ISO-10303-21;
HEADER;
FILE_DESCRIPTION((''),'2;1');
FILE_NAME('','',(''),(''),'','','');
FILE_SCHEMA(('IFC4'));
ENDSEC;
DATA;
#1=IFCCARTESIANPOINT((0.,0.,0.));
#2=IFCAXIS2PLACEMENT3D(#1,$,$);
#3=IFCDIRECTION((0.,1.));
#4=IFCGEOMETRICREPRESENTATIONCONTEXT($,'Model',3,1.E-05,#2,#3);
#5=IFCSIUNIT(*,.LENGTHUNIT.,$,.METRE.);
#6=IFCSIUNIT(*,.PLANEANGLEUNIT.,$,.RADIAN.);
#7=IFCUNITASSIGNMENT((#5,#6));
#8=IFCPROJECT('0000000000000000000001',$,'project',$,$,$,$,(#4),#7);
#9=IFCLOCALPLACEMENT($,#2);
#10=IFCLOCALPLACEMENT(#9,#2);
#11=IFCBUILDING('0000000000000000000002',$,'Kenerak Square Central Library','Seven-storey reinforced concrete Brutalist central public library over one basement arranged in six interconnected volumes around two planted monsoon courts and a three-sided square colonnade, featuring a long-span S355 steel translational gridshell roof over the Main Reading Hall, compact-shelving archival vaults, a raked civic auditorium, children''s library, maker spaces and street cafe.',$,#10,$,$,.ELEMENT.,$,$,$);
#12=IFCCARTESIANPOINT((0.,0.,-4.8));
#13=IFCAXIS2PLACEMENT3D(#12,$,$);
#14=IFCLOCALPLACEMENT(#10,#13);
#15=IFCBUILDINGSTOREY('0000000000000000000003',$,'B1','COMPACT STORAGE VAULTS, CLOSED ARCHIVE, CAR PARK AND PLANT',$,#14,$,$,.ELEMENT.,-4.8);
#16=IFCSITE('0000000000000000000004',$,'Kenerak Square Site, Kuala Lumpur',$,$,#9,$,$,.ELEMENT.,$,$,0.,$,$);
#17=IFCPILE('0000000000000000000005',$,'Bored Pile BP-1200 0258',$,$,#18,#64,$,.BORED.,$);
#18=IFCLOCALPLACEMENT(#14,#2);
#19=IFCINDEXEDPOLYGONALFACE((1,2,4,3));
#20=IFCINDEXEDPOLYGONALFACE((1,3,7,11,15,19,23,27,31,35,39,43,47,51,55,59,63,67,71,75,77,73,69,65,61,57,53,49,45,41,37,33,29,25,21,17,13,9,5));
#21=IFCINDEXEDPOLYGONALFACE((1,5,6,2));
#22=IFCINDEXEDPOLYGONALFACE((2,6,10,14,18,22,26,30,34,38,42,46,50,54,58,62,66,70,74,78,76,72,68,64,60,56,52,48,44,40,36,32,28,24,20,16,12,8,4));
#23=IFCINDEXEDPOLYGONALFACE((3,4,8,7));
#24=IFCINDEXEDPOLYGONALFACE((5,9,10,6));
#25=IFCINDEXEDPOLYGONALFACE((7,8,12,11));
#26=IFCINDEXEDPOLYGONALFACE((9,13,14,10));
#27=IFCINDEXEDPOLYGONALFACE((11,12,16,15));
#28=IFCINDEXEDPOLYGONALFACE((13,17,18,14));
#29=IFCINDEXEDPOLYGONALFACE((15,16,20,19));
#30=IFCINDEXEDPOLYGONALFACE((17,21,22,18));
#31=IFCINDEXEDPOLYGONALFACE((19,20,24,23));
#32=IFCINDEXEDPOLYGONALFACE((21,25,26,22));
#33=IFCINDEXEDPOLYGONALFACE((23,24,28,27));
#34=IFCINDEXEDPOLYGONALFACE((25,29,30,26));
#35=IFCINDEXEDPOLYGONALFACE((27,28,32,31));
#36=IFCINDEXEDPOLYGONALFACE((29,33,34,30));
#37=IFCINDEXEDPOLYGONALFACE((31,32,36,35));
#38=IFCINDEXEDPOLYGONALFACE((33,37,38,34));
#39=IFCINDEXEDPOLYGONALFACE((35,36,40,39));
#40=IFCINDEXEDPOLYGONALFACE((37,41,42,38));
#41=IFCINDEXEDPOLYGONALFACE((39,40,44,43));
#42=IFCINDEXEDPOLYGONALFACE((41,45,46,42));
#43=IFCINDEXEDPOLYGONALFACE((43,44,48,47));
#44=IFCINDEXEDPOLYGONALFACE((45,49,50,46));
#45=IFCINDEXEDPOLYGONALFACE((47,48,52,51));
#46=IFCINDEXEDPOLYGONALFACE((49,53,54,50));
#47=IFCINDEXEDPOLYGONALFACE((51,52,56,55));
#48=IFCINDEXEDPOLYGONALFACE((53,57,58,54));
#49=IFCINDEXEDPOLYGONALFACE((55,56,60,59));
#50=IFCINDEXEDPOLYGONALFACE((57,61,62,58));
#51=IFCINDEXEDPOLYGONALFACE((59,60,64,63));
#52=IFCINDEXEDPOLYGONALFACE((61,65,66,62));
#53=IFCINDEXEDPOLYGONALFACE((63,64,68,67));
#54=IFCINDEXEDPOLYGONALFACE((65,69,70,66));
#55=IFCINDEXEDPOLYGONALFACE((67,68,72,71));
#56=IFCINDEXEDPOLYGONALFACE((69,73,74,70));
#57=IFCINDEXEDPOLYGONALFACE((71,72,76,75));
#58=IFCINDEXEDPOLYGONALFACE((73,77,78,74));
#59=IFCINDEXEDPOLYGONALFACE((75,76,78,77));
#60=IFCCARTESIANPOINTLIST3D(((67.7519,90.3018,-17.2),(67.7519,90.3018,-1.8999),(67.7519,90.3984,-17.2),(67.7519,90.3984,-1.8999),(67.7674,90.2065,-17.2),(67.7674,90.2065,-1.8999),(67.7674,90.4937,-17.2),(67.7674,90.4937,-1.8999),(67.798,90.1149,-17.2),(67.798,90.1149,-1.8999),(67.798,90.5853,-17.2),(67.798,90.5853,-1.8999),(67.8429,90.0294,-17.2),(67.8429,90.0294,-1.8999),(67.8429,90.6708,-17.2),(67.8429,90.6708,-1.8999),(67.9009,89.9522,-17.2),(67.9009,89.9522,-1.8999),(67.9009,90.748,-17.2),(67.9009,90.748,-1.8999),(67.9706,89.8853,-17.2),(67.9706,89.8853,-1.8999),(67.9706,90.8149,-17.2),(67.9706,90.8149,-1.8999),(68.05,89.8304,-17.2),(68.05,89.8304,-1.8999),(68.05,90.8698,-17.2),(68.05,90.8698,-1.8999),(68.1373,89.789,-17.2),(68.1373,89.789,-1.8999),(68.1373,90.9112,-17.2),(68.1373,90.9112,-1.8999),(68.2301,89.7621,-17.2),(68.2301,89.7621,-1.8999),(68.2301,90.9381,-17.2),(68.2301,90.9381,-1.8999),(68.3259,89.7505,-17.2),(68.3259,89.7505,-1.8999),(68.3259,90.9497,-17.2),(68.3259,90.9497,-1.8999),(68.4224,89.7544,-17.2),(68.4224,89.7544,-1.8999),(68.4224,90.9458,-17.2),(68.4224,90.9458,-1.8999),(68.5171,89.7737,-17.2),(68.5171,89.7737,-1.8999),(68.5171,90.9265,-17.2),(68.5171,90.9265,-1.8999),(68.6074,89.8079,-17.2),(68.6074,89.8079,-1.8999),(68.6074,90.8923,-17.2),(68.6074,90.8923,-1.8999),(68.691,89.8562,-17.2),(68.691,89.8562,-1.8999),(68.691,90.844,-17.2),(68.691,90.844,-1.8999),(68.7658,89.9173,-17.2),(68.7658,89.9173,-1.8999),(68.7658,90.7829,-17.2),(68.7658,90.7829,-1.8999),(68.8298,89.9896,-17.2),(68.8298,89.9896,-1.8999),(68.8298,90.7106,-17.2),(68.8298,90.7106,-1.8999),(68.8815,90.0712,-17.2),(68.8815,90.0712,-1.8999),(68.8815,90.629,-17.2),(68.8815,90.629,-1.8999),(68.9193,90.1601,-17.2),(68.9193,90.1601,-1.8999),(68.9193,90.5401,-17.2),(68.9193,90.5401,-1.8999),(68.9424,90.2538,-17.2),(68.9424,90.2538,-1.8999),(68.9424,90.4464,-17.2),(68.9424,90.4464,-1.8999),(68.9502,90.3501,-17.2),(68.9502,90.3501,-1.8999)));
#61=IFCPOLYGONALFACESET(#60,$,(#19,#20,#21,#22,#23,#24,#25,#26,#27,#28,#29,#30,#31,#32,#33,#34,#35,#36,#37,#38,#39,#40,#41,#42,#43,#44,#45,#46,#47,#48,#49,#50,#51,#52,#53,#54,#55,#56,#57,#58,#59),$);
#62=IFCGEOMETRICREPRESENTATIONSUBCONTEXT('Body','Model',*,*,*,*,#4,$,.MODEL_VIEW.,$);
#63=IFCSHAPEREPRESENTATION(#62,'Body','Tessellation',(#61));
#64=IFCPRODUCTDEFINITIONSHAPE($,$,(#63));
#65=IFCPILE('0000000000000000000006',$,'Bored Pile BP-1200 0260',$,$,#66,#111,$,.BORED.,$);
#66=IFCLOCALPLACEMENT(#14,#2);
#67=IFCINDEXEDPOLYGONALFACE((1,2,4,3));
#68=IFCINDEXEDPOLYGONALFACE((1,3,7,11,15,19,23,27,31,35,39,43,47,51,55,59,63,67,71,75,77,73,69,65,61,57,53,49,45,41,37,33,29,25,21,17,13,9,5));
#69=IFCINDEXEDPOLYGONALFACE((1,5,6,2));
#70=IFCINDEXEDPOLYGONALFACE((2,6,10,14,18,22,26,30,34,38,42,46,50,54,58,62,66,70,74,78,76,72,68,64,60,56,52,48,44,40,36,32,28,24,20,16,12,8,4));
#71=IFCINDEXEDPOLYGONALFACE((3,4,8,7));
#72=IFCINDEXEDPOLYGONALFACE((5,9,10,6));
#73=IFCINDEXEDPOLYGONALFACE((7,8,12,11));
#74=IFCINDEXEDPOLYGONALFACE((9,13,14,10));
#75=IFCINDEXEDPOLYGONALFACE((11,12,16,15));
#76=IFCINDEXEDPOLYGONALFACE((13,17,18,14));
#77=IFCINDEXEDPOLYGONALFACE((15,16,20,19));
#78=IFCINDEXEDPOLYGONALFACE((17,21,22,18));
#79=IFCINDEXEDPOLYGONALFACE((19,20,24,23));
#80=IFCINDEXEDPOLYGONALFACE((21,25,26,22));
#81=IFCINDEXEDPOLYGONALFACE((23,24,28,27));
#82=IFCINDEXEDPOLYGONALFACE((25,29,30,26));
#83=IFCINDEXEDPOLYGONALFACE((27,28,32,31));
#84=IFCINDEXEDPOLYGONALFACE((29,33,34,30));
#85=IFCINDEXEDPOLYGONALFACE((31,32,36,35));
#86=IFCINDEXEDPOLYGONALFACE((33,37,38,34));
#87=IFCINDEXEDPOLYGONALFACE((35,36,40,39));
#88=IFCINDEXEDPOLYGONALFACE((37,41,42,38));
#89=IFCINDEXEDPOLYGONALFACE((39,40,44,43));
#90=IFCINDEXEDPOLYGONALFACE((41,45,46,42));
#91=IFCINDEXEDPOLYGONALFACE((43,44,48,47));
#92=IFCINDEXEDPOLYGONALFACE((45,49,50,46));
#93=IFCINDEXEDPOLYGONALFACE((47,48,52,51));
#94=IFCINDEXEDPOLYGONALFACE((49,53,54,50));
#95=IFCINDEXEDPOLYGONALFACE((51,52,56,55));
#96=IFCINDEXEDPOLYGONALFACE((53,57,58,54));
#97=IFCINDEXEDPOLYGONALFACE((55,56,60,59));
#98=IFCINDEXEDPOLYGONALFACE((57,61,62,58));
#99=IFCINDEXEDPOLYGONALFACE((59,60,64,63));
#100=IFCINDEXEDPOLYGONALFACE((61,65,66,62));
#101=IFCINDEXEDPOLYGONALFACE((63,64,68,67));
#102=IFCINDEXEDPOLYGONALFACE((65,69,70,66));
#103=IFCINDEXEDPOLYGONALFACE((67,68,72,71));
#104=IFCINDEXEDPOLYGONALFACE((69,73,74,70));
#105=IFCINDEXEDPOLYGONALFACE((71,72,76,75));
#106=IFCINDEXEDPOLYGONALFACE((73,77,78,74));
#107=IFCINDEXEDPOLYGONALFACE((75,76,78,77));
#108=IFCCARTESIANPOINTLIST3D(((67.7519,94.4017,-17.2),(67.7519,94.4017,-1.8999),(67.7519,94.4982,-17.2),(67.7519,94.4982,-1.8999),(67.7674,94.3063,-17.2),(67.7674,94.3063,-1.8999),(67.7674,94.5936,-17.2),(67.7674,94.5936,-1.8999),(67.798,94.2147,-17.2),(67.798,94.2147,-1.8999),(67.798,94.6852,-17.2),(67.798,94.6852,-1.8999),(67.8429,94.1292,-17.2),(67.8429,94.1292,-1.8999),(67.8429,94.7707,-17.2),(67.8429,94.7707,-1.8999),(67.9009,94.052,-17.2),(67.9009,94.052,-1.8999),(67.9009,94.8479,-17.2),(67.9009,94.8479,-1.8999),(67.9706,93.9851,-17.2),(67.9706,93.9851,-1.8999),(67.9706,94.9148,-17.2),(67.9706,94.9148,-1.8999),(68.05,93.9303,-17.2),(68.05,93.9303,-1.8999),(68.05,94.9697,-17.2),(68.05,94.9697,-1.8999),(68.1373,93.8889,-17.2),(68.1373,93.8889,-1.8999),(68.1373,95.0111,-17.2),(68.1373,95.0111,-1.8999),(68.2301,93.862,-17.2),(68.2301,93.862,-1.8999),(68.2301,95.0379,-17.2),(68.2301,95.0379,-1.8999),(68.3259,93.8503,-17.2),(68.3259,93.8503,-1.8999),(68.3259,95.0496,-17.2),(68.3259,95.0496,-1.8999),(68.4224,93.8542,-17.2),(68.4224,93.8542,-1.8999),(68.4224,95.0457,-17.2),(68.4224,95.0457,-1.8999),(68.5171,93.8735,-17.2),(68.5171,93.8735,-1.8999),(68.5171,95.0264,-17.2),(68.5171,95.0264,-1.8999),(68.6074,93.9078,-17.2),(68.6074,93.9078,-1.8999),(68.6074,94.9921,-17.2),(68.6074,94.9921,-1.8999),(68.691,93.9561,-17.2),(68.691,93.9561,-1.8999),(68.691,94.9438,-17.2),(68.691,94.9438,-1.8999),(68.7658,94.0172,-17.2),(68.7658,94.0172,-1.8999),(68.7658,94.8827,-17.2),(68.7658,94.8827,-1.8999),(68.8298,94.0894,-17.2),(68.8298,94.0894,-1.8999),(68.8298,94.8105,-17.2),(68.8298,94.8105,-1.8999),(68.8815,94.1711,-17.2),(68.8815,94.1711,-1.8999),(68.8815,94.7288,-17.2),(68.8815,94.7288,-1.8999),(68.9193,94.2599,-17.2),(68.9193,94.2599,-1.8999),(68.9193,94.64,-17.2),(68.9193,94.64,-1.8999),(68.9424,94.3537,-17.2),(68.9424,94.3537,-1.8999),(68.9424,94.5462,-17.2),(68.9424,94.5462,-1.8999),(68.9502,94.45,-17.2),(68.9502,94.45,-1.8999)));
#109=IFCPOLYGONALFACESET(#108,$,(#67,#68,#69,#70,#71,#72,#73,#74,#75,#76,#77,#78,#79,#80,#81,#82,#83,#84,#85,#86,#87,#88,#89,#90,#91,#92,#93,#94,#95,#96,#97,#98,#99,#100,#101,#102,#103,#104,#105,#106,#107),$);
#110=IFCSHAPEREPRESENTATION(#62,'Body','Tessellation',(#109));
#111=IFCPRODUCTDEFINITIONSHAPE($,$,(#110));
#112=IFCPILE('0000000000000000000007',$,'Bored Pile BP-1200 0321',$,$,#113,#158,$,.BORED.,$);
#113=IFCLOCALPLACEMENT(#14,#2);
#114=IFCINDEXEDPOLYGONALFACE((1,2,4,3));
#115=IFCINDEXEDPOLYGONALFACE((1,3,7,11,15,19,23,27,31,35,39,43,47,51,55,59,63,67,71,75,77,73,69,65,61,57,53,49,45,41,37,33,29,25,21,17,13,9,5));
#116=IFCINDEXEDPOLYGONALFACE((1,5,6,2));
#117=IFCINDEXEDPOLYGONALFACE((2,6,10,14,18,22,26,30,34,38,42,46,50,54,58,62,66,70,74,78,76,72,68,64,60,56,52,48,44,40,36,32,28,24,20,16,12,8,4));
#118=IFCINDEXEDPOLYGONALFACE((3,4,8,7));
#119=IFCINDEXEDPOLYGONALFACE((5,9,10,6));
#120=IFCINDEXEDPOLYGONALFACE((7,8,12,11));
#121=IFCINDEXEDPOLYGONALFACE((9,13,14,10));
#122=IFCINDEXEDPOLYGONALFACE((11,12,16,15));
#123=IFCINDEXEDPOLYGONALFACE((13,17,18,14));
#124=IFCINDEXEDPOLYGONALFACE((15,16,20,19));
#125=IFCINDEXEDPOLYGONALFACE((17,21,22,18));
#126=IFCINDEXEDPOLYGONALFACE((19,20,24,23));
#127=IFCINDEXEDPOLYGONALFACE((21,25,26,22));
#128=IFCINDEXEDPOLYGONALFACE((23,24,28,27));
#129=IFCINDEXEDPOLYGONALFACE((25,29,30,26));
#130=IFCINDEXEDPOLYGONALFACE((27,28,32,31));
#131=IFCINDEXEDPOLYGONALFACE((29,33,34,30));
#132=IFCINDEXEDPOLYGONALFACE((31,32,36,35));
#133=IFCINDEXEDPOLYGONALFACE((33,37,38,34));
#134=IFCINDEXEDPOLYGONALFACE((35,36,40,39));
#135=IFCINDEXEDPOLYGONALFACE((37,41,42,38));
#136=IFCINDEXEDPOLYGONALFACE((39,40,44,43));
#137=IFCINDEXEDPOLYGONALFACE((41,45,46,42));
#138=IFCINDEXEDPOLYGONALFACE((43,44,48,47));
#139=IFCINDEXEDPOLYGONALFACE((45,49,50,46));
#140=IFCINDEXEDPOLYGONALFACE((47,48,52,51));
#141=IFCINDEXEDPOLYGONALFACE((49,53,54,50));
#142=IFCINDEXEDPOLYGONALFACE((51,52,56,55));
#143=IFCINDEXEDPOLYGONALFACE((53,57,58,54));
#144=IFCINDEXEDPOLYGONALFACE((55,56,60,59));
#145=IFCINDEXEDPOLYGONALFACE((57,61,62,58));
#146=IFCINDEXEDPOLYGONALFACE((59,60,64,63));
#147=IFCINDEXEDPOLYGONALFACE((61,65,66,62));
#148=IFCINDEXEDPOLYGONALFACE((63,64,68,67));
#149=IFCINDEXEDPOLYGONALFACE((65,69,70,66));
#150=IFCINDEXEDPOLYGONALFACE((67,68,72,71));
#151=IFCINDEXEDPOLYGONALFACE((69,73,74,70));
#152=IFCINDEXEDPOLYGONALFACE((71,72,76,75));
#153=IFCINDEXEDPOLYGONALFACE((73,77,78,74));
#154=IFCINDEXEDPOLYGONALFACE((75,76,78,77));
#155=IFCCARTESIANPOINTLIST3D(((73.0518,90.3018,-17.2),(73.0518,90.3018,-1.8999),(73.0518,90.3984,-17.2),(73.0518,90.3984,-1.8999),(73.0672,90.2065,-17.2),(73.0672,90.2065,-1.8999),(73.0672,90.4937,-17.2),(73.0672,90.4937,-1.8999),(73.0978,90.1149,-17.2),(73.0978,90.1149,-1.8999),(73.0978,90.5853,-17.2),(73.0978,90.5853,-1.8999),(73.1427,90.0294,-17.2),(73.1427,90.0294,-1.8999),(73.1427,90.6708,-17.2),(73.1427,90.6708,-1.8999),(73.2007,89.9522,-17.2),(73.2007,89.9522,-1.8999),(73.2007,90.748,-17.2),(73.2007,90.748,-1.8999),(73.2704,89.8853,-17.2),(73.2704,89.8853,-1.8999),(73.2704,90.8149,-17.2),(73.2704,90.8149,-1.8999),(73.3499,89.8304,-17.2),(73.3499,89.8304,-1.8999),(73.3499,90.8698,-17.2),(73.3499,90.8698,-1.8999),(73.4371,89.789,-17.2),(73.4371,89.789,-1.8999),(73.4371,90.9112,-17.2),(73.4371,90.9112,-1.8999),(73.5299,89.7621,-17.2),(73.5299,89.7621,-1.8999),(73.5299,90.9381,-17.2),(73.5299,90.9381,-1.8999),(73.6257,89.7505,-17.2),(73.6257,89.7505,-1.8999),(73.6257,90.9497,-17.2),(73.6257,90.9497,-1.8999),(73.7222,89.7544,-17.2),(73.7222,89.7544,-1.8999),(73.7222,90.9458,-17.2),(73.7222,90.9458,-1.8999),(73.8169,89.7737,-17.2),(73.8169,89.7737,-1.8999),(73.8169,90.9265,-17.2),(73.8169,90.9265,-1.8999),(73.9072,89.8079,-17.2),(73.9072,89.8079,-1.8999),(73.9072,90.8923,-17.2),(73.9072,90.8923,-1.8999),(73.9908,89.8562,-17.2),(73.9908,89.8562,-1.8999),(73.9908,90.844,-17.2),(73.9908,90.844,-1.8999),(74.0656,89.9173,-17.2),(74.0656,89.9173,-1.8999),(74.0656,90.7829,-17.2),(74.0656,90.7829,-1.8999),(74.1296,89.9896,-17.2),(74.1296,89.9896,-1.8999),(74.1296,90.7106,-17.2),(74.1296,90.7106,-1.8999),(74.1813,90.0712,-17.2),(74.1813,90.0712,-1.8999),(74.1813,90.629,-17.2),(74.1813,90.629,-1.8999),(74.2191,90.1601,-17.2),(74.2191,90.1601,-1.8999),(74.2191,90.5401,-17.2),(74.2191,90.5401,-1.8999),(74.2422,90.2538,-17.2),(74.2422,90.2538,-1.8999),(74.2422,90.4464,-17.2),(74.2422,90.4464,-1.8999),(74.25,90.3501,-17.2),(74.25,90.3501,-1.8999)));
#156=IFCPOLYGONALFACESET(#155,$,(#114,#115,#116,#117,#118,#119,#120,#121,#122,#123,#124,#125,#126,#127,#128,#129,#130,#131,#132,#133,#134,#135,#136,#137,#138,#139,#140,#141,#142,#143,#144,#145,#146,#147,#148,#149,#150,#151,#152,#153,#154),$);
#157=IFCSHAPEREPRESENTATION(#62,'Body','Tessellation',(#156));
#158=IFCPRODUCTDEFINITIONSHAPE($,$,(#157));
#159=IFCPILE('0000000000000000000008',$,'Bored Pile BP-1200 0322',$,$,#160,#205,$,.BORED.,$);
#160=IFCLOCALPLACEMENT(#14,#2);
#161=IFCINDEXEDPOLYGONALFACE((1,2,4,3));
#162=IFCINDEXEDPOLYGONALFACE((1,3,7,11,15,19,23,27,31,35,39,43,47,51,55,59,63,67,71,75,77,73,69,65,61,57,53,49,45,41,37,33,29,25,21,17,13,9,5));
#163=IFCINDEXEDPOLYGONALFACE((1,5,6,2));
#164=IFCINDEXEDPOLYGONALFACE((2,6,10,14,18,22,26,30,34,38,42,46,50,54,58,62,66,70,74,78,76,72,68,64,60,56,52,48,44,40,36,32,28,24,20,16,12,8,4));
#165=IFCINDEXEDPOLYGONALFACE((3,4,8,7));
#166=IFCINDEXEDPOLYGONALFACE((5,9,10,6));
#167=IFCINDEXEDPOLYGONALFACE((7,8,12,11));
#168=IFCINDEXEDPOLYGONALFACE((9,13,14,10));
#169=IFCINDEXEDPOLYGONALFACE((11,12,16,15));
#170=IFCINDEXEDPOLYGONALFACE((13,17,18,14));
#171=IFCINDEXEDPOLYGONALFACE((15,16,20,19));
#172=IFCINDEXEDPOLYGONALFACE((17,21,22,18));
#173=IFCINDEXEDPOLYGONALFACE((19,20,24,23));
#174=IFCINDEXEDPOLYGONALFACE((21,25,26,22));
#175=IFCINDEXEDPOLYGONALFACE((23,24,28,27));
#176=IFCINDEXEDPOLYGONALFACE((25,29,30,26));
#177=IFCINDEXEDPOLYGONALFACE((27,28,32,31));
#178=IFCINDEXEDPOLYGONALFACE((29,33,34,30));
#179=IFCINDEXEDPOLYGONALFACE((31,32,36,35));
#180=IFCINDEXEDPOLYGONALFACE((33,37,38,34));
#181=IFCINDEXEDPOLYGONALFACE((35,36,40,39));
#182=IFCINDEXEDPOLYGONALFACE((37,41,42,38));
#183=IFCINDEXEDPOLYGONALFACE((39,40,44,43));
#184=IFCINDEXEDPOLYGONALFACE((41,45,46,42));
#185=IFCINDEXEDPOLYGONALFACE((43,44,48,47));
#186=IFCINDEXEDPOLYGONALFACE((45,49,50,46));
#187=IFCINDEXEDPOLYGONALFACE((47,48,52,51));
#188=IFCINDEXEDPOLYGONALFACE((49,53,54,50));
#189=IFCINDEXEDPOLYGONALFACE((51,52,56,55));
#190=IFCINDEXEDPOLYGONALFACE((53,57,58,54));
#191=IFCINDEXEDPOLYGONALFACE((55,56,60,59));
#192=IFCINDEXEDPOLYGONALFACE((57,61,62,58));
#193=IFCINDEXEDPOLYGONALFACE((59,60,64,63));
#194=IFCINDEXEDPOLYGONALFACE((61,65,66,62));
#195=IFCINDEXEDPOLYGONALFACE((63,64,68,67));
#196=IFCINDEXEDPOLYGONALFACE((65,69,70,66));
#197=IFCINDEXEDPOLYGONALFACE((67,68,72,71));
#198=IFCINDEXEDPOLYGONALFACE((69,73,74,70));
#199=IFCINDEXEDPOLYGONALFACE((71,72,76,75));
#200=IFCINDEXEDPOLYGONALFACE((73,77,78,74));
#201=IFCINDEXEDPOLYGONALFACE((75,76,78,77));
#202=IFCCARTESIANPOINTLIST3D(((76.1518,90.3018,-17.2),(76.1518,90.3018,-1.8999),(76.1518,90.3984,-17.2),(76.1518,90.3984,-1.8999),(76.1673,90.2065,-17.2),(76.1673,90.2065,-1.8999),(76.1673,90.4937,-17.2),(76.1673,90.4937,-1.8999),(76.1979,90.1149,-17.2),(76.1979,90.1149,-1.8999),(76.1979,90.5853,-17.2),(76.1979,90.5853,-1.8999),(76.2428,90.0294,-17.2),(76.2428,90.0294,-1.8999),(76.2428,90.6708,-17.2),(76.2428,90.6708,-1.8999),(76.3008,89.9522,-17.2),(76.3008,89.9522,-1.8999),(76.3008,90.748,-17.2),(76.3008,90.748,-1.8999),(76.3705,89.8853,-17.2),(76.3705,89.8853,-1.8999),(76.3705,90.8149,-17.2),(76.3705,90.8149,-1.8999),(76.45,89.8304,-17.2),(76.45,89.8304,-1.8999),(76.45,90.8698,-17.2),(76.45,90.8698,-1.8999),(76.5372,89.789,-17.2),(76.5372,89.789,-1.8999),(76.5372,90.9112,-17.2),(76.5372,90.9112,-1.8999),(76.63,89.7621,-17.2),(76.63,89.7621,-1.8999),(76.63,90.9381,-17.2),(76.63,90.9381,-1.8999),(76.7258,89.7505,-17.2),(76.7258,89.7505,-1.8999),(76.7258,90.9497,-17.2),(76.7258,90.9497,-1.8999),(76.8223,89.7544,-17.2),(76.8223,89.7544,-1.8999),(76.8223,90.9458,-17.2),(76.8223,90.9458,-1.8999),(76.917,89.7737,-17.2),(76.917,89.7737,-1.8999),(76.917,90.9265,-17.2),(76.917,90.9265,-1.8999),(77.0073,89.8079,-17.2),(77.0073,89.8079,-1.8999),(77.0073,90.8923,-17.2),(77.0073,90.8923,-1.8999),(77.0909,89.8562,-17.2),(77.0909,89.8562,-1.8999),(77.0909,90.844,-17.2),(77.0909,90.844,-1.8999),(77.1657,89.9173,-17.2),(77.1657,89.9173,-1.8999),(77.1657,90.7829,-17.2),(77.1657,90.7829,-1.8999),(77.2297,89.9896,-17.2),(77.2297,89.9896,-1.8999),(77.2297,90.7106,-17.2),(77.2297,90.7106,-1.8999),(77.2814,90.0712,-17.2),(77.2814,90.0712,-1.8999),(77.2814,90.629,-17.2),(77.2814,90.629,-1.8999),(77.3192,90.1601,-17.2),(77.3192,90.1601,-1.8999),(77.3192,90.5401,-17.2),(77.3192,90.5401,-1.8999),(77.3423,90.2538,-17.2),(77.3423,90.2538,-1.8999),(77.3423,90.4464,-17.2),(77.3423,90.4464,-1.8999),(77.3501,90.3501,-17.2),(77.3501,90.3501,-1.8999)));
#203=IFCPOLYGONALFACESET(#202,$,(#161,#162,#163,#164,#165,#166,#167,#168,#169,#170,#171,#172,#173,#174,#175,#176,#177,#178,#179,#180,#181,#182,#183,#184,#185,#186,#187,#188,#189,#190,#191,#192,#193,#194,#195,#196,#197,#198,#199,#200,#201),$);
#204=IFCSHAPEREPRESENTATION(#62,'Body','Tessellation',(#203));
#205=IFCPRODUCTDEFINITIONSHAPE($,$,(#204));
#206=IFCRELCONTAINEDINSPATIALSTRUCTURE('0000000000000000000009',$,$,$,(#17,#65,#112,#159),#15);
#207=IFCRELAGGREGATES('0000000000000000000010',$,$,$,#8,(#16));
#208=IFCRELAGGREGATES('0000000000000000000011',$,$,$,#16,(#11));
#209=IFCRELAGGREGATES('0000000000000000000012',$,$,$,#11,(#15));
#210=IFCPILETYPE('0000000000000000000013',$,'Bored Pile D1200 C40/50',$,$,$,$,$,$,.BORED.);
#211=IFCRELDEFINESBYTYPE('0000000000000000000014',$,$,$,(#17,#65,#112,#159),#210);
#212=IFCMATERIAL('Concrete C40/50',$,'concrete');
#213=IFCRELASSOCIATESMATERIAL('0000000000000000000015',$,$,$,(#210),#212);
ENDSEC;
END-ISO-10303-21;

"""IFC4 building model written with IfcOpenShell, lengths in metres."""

from ifc_helpers import new_model, si_unit, direction, frame, origin, origin_2d, place, context, subcontext, project, spatial, circle, extrude, material, material_profile, profile_set, type_object, element, save


model = new_model("IFC4")

# Units and contexts
model_context = context("Model", 3, precision=1e-05, world=origin(), true_north=direction((0.0, 1.0)))
body_context = subcontext(model_context, "Body", "Model", "MODEL_VIEW")
ifc_project = project(units=[si_unit("LENGTHUNIT", "METRE"), si_unit("PLANEANGLEUNIT", "RADIAN")], contexts=[model_context])

# Site, building, storey
site_placement = place(None, origin())
site = spatial("IfcSite", under=ifc_project, at=site_placement, Name="Kenerak Square Site, Kuala Lumpur", CompositionType="ELEMENT", RefElevation=0.0)
building_placement = place(site_placement, origin())
building = spatial("IfcBuilding", under=site, at=building_placement, Name="Kenerak Square Central Library", Description="Seven-storey reinforced concrete Brutalist central public library over one basement arranged in six interconnected volumes around two planted monsoon courts and a three-sided square colonnade, featuring a long-span S355 steel translational gridshell roof over the Main Reading Hall, compact-shelving archival vaults, a raked civic auditorium, children's library, maker spaces and street cafe.", CompositionType="ELEMENT")
storey_placement = place(building_placement, frame((0.0, 0.0, -4.8)))
storey = spatial("IfcBuildingStorey", under=building, at=storey_placement, Name="B1", Description="COMPACT STORAGE VAULTS, CLOSED ARCHIVE, CAR PARK AND PLANT", CompositionType="ELEMENT", Elevation=-4.8)

# Piles
ifc_material_1 = material(Name="Concrete C40/50", Category="concrete")
ifc_material_profile_1 = material_profile(ifc_material_1, circle(Radius=0.6001, at=origin_2d()), Name="BP D1200")
ifc_profile_set_1 = profile_set([ifc_material_profile_1], Name="Concrete C40/50")
pile_type = type_object("IfcPileType", Name="Bored Pile D1200 C40/50", PredefinedType="BORED", material=ifc_profile_set_1)
for number, where, z_axis, x_axis, name in (
    (1, (68.3501, 90.3501, -1.8999), (0.0, 0.0, -1.0), (1.0, 0.0, 0.0), "Bored Pile BP-1200 0258"),
    (2, (68.3501, 94.45, -1.8999), (0.0, 0.0, -1.0), (1.0, 0.0, 0.0), "Bored Pile BP-1200 0260"),
    (3, (73.6499, 90.3501, -1.8999), (0.0, 0.0, -1.0), (1.0, 0.0, 0.0), "Bored Pile BP-1200 0321"),
    (4, (76.75, 90.3501, -1.8999), (0.0, 0.0, -1.0), (1.0, 0.0, 0.0), "Bored Pile BP-1200 0322"),
):
    element("IfcPile", number, at=place(storey_placement, frame(where, z_axis=z_axis, x_axis=x_axis)), inside=storey, type_object=pile_type, Name=name, PredefinedType="BORED", context=body_context, shape_type="SweptSolid", body=[
        extrude(circle(Radius=0.6001, at=origin_2d()), origin(), (0.0, 0.0, 1.0), 15.3),
    ])

save(model, "model.ifc")
